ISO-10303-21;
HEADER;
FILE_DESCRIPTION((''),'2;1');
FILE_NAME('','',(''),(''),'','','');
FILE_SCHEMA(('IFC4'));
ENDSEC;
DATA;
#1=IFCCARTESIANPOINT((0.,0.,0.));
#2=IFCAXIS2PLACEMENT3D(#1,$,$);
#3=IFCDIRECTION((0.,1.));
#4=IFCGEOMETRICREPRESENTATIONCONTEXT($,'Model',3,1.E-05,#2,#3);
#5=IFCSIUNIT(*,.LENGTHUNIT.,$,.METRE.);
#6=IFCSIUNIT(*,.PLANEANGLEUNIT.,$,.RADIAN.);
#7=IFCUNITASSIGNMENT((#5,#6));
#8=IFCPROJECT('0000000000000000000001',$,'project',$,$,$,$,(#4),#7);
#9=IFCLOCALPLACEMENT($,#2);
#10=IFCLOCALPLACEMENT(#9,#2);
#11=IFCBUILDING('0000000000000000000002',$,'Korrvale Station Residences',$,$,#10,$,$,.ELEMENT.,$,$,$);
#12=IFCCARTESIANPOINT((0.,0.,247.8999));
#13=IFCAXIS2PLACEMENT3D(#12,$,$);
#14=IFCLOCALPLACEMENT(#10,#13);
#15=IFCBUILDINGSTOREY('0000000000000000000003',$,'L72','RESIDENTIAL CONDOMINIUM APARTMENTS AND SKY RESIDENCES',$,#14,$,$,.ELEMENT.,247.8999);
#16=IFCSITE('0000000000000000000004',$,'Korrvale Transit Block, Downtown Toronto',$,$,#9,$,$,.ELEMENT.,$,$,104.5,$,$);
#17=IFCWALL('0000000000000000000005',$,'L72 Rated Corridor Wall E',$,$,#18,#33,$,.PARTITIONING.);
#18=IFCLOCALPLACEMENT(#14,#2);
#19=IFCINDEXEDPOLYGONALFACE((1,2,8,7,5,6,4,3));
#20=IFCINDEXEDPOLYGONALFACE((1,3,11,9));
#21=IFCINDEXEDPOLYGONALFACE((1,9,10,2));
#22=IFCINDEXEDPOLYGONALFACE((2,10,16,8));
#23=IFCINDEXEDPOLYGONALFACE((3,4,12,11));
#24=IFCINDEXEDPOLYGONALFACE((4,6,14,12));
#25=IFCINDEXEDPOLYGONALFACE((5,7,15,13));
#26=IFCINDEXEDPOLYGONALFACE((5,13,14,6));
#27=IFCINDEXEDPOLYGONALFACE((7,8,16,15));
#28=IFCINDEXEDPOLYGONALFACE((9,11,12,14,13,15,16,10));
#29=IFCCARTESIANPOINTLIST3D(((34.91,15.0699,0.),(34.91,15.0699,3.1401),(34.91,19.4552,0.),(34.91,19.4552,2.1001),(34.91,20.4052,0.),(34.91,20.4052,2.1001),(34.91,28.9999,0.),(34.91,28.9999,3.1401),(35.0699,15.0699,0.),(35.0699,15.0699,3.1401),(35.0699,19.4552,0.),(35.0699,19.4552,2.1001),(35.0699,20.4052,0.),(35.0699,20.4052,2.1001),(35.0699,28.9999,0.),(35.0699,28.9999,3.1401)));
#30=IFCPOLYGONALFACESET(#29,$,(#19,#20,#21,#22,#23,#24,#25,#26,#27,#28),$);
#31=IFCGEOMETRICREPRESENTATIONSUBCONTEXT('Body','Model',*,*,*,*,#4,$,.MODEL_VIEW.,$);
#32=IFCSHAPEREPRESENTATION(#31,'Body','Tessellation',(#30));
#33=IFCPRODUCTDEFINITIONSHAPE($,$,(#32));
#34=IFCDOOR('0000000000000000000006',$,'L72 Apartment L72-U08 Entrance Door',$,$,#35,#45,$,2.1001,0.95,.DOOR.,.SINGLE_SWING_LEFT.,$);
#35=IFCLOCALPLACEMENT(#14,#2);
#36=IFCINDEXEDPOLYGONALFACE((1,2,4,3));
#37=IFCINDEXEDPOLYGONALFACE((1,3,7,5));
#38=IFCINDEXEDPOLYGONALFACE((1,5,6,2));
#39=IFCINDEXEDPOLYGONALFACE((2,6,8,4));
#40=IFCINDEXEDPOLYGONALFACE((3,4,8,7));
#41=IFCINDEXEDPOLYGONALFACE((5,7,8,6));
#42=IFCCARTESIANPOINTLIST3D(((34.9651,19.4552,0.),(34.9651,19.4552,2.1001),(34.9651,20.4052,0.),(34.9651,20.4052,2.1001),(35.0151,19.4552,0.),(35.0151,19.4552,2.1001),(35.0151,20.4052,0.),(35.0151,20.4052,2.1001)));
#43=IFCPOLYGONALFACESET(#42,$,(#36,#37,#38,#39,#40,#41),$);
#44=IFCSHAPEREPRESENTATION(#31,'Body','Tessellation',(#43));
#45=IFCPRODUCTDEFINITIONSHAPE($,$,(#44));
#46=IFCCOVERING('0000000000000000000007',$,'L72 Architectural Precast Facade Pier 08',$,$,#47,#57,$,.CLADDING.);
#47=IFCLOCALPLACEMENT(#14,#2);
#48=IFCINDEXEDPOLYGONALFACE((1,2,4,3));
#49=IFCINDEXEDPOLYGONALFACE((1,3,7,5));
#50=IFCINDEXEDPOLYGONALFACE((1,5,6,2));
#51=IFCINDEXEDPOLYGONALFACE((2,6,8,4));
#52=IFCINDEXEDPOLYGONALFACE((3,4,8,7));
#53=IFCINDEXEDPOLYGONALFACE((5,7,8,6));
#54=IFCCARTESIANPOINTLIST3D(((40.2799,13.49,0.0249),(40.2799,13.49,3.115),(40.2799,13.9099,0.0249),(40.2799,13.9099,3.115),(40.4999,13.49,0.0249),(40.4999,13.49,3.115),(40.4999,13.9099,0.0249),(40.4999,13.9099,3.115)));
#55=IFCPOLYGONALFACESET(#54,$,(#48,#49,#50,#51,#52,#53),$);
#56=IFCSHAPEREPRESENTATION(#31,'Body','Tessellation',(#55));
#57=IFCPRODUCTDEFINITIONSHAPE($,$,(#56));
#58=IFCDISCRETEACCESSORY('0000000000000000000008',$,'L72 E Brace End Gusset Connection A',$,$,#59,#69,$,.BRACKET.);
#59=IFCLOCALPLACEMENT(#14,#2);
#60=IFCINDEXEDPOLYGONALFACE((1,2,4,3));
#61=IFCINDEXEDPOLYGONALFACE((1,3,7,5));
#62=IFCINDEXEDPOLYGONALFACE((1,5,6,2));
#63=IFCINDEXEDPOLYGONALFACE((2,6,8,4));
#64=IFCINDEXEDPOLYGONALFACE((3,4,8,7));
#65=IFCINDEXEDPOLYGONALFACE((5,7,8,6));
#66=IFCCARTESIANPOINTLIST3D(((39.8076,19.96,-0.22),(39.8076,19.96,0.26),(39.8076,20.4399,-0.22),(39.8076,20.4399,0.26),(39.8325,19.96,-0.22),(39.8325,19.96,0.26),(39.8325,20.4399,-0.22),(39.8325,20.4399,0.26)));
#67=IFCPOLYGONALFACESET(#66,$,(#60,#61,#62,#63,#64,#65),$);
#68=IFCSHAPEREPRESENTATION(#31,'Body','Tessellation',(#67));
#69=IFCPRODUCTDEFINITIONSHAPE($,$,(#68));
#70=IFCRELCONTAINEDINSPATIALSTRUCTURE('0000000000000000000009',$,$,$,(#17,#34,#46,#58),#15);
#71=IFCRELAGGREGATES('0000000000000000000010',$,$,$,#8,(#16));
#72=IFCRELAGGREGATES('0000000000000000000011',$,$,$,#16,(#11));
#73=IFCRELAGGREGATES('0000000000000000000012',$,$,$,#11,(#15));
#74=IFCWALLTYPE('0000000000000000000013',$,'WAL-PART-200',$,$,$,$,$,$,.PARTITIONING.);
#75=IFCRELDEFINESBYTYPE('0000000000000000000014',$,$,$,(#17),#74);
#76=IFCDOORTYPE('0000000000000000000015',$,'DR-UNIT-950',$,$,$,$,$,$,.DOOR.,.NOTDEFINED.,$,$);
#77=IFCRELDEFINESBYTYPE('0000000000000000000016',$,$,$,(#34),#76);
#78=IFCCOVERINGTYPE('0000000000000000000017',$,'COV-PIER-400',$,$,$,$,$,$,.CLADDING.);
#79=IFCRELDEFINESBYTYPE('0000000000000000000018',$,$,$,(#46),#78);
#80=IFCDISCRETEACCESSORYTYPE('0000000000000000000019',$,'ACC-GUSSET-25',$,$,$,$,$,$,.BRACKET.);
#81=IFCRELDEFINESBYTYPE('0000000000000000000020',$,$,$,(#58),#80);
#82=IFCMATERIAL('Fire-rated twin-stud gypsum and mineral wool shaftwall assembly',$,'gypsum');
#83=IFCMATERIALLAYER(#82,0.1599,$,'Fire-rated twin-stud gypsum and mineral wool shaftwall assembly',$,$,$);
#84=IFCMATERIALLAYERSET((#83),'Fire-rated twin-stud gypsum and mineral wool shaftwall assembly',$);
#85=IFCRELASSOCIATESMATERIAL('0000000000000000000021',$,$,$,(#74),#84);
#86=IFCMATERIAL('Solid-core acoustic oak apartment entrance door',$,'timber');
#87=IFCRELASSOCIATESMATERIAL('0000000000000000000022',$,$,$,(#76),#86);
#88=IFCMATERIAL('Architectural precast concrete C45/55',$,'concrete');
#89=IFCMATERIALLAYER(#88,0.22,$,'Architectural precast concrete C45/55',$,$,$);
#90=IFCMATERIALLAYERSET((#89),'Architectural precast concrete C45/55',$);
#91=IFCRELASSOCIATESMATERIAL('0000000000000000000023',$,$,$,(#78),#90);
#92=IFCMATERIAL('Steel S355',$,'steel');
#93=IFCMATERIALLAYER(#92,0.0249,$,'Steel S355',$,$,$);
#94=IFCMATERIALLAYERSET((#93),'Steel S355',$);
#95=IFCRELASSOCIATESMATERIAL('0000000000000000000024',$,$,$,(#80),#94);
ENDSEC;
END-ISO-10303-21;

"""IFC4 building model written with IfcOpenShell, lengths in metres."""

from ifc_helpers import new_model, si_unit, direction, frame, frame_2d, origin, origin_2d, place, context, subcontext, project, spatial, rectangle, extrude, material, layer, layer_set, type_object, element, fill, save


model = new_model("IFC4")

# Units and contexts
model_context = context("Model", 3, precision=1e-05, world=origin(), true_north=direction((0.0, 1.0)))
body_context = subcontext(model_context, "Body", "Model", "MODEL_VIEW")
ifc_project = project(units=[si_unit("LENGTHUNIT", "METRE"), si_unit("PLANEANGLEUNIT", "RADIAN")], contexts=[model_context])

# Site, building, storey
site_placement = place(None, origin())
site = spatial("IfcSite", under=ifc_project, at=site_placement, Name="Korrvale Transit Block, Downtown Toronto", CompositionType="ELEMENT", RefElevation=104.5)
building_placement = place(site_placement, origin())
building = spatial("IfcBuilding", under=site, at=building_placement, Name="Korrvale Station Residences", CompositionType="ELEMENT")
storey_placement = place(building_placement, frame((0.0, 0.0, 247.8999)))
storey = spatial("IfcBuildingStorey", under=building, at=storey_placement, Name="L72", Description="RESIDENTIAL CONDOMINIUM APARTMENTS AND SKY RESIDENCES", CompositionType="ELEMENT", Elevation=247.8999)

# Shared definitions
ifc_material_1 = material(Name="Steel S355", Category="steel")

# Shared definitions
ifc_material_2 = material(Name="Fire-rated twin-stud gypsum and mineral wool shaftwall assembly", Category="gypsum")
ifc_layer_1 = layer(ifc_material_2, 0.1599, Name="Fire-rated twin-stud gypsum and mineral wool shaftwall assembly")
ifc_layer_set_1 = layer_set([ifc_layer_1], Name="Fire-rated twin-stud gypsum and mineral wool shaftwall assembly")
wall_type_1 = type_object("IfcWallType", Name="WAL-PART-200", PredefinedType="PARTITIONING", material=ifc_layer_set_1)

# Wall, opening, door
wall_1_placement = place(storey_placement, frame((34.99, 15.0701, 0.0), z_axis=(0.0, 0.0, 1.0), x_axis=(0.0, 1.0, 0.0)))
wall_1 = element("IfcWall", 1, at=wall_1_placement, inside=storey, type_object=wall_type_1, Name="L72 Rated Corridor Wall E", PredefinedType="PARTITIONING", context=body_context, shape_type="SweptSolid", body=[
    extrude(rectangle(XDim=13.9299, YDim=0.1599, at=frame_2d((6.9648, 0.0))), origin(), (0.0, 0.0, 1.0), 3.1401),
])
opening_1_placement = place(wall_1_placement, frame((4.385, 0.0, 0.0)))
opening_1 = element("IfcOpeningElement", 2, at=opening_1_placement, cuts=wall_1, PredefinedType="OPENING", context=body_context, shape_type="SweptSolid", body=[
    extrude(rectangle(XDim=0.95, YDim=2.1001, at=frame_2d((0.4751, 1.05))), frame((0.0, 0.0898, 0.0), z_axis=(0.0, -1.0, 0.0), x_axis=(1.0, 0.0, 0.0)), (0.0, 0.0, 1.0), 0.1799),
])
ifc_material_3 = material(Name="Solid-core acoustic oak apartment entrance door", Category="timber")
door_type_1 = type_object("IfcDoorType", Name="DR-UNIT-950", OperationType="NOTDEFINED", PredefinedType="DOOR", material=ifc_material_3)
door_1_placement = place(opening_1_placement, origin())
door_1 = element("IfcDoor", 3, at=door_1_placement, inside=storey, type_object=door_type_1, Name="L72 Apartment L72-U08 Entrance Door", OperationType="SINGLE_SWING_LEFT", OverallHeight=2.1001, OverallWidth=0.95, PredefinedType="DOOR", context=body_context, shape_type="SweptSolid", body=[
    extrude(rectangle(XDim=0.95, YDim=2.1001, at=frame_2d((0.4751, 1.05))), frame((0.0, 0.0249, 0.0), z_axis=(0.0, -1.0, 0.0), x_axis=(1.0, 0.0, 0.0)), (0.0, 0.0, 1.0), 0.05),
])
fill(opening_1, door_1)

# Covering
ifc_material_4 = material(Name="Architectural precast concrete C45/55", Category="concrete")
ifc_layer_2 = layer(ifc_material_4, 0.22, Name="Architectural precast concrete C45/55")
ifc_layer_set_2 = layer_set([ifc_layer_2], Name="Architectural precast concrete C45/55")
covering_type = type_object("IfcCoveringType", Name="COV-PIER-400", PredefinedType="CLADDING", material=ifc_layer_set_2)
covering_placement = place(storey_placement, frame((40.3899, 13.7, 0.0249), z_axis=(0.0, 0.0, 1.0), x_axis=(0.0, 1.0, 0.0)))
element("IfcCovering", 4, at=covering_placement, inside=storey, type_object=covering_type, Name="L72 Architectural Precast Facade Pier 08", PredefinedType="CLADDING", context=body_context, shape_type="SweptSolid", body=[
    extrude(rectangle(XDim=0.4199, YDim=0.22, at=origin_2d()), origin(), (0.0, 0.0, 1.0), 3.0901),
])

# Discrete accessory
ifc_layer_3 = layer(ifc_material_1, 0.0249, Name="Steel S355")
ifc_layer_set_3 = layer_set([ifc_layer_3], Name="Steel S355")
discrete_accessory_type = type_object("IfcDiscreteAccessoryType", Name="ACC-GUSSET-25", PredefinedType="BRACKET", material=ifc_layer_set_3)
discrete_accessory_placement = place(storey_placement, frame((39.8201, 20.2, -0.22), z_axis=(0.0, 0.0, 1.0), x_axis=(0.0, 1.0, 0.0)))
element("IfcDiscreteAccessory", 5, at=discrete_accessory_placement, inside=storey, type_object=discrete_accessory_type, Name="L72 E Brace End Gusset Connection A", PredefinedType="BRACKET", context=body_context, shape_type="SweptSolid", body=[
    extrude(rectangle(XDim=0.48, YDim=0.0249, at=origin_2d()), origin(), (0.0, 0.0, 1.0), 0.48),
])

save(model, "model.ifc")
